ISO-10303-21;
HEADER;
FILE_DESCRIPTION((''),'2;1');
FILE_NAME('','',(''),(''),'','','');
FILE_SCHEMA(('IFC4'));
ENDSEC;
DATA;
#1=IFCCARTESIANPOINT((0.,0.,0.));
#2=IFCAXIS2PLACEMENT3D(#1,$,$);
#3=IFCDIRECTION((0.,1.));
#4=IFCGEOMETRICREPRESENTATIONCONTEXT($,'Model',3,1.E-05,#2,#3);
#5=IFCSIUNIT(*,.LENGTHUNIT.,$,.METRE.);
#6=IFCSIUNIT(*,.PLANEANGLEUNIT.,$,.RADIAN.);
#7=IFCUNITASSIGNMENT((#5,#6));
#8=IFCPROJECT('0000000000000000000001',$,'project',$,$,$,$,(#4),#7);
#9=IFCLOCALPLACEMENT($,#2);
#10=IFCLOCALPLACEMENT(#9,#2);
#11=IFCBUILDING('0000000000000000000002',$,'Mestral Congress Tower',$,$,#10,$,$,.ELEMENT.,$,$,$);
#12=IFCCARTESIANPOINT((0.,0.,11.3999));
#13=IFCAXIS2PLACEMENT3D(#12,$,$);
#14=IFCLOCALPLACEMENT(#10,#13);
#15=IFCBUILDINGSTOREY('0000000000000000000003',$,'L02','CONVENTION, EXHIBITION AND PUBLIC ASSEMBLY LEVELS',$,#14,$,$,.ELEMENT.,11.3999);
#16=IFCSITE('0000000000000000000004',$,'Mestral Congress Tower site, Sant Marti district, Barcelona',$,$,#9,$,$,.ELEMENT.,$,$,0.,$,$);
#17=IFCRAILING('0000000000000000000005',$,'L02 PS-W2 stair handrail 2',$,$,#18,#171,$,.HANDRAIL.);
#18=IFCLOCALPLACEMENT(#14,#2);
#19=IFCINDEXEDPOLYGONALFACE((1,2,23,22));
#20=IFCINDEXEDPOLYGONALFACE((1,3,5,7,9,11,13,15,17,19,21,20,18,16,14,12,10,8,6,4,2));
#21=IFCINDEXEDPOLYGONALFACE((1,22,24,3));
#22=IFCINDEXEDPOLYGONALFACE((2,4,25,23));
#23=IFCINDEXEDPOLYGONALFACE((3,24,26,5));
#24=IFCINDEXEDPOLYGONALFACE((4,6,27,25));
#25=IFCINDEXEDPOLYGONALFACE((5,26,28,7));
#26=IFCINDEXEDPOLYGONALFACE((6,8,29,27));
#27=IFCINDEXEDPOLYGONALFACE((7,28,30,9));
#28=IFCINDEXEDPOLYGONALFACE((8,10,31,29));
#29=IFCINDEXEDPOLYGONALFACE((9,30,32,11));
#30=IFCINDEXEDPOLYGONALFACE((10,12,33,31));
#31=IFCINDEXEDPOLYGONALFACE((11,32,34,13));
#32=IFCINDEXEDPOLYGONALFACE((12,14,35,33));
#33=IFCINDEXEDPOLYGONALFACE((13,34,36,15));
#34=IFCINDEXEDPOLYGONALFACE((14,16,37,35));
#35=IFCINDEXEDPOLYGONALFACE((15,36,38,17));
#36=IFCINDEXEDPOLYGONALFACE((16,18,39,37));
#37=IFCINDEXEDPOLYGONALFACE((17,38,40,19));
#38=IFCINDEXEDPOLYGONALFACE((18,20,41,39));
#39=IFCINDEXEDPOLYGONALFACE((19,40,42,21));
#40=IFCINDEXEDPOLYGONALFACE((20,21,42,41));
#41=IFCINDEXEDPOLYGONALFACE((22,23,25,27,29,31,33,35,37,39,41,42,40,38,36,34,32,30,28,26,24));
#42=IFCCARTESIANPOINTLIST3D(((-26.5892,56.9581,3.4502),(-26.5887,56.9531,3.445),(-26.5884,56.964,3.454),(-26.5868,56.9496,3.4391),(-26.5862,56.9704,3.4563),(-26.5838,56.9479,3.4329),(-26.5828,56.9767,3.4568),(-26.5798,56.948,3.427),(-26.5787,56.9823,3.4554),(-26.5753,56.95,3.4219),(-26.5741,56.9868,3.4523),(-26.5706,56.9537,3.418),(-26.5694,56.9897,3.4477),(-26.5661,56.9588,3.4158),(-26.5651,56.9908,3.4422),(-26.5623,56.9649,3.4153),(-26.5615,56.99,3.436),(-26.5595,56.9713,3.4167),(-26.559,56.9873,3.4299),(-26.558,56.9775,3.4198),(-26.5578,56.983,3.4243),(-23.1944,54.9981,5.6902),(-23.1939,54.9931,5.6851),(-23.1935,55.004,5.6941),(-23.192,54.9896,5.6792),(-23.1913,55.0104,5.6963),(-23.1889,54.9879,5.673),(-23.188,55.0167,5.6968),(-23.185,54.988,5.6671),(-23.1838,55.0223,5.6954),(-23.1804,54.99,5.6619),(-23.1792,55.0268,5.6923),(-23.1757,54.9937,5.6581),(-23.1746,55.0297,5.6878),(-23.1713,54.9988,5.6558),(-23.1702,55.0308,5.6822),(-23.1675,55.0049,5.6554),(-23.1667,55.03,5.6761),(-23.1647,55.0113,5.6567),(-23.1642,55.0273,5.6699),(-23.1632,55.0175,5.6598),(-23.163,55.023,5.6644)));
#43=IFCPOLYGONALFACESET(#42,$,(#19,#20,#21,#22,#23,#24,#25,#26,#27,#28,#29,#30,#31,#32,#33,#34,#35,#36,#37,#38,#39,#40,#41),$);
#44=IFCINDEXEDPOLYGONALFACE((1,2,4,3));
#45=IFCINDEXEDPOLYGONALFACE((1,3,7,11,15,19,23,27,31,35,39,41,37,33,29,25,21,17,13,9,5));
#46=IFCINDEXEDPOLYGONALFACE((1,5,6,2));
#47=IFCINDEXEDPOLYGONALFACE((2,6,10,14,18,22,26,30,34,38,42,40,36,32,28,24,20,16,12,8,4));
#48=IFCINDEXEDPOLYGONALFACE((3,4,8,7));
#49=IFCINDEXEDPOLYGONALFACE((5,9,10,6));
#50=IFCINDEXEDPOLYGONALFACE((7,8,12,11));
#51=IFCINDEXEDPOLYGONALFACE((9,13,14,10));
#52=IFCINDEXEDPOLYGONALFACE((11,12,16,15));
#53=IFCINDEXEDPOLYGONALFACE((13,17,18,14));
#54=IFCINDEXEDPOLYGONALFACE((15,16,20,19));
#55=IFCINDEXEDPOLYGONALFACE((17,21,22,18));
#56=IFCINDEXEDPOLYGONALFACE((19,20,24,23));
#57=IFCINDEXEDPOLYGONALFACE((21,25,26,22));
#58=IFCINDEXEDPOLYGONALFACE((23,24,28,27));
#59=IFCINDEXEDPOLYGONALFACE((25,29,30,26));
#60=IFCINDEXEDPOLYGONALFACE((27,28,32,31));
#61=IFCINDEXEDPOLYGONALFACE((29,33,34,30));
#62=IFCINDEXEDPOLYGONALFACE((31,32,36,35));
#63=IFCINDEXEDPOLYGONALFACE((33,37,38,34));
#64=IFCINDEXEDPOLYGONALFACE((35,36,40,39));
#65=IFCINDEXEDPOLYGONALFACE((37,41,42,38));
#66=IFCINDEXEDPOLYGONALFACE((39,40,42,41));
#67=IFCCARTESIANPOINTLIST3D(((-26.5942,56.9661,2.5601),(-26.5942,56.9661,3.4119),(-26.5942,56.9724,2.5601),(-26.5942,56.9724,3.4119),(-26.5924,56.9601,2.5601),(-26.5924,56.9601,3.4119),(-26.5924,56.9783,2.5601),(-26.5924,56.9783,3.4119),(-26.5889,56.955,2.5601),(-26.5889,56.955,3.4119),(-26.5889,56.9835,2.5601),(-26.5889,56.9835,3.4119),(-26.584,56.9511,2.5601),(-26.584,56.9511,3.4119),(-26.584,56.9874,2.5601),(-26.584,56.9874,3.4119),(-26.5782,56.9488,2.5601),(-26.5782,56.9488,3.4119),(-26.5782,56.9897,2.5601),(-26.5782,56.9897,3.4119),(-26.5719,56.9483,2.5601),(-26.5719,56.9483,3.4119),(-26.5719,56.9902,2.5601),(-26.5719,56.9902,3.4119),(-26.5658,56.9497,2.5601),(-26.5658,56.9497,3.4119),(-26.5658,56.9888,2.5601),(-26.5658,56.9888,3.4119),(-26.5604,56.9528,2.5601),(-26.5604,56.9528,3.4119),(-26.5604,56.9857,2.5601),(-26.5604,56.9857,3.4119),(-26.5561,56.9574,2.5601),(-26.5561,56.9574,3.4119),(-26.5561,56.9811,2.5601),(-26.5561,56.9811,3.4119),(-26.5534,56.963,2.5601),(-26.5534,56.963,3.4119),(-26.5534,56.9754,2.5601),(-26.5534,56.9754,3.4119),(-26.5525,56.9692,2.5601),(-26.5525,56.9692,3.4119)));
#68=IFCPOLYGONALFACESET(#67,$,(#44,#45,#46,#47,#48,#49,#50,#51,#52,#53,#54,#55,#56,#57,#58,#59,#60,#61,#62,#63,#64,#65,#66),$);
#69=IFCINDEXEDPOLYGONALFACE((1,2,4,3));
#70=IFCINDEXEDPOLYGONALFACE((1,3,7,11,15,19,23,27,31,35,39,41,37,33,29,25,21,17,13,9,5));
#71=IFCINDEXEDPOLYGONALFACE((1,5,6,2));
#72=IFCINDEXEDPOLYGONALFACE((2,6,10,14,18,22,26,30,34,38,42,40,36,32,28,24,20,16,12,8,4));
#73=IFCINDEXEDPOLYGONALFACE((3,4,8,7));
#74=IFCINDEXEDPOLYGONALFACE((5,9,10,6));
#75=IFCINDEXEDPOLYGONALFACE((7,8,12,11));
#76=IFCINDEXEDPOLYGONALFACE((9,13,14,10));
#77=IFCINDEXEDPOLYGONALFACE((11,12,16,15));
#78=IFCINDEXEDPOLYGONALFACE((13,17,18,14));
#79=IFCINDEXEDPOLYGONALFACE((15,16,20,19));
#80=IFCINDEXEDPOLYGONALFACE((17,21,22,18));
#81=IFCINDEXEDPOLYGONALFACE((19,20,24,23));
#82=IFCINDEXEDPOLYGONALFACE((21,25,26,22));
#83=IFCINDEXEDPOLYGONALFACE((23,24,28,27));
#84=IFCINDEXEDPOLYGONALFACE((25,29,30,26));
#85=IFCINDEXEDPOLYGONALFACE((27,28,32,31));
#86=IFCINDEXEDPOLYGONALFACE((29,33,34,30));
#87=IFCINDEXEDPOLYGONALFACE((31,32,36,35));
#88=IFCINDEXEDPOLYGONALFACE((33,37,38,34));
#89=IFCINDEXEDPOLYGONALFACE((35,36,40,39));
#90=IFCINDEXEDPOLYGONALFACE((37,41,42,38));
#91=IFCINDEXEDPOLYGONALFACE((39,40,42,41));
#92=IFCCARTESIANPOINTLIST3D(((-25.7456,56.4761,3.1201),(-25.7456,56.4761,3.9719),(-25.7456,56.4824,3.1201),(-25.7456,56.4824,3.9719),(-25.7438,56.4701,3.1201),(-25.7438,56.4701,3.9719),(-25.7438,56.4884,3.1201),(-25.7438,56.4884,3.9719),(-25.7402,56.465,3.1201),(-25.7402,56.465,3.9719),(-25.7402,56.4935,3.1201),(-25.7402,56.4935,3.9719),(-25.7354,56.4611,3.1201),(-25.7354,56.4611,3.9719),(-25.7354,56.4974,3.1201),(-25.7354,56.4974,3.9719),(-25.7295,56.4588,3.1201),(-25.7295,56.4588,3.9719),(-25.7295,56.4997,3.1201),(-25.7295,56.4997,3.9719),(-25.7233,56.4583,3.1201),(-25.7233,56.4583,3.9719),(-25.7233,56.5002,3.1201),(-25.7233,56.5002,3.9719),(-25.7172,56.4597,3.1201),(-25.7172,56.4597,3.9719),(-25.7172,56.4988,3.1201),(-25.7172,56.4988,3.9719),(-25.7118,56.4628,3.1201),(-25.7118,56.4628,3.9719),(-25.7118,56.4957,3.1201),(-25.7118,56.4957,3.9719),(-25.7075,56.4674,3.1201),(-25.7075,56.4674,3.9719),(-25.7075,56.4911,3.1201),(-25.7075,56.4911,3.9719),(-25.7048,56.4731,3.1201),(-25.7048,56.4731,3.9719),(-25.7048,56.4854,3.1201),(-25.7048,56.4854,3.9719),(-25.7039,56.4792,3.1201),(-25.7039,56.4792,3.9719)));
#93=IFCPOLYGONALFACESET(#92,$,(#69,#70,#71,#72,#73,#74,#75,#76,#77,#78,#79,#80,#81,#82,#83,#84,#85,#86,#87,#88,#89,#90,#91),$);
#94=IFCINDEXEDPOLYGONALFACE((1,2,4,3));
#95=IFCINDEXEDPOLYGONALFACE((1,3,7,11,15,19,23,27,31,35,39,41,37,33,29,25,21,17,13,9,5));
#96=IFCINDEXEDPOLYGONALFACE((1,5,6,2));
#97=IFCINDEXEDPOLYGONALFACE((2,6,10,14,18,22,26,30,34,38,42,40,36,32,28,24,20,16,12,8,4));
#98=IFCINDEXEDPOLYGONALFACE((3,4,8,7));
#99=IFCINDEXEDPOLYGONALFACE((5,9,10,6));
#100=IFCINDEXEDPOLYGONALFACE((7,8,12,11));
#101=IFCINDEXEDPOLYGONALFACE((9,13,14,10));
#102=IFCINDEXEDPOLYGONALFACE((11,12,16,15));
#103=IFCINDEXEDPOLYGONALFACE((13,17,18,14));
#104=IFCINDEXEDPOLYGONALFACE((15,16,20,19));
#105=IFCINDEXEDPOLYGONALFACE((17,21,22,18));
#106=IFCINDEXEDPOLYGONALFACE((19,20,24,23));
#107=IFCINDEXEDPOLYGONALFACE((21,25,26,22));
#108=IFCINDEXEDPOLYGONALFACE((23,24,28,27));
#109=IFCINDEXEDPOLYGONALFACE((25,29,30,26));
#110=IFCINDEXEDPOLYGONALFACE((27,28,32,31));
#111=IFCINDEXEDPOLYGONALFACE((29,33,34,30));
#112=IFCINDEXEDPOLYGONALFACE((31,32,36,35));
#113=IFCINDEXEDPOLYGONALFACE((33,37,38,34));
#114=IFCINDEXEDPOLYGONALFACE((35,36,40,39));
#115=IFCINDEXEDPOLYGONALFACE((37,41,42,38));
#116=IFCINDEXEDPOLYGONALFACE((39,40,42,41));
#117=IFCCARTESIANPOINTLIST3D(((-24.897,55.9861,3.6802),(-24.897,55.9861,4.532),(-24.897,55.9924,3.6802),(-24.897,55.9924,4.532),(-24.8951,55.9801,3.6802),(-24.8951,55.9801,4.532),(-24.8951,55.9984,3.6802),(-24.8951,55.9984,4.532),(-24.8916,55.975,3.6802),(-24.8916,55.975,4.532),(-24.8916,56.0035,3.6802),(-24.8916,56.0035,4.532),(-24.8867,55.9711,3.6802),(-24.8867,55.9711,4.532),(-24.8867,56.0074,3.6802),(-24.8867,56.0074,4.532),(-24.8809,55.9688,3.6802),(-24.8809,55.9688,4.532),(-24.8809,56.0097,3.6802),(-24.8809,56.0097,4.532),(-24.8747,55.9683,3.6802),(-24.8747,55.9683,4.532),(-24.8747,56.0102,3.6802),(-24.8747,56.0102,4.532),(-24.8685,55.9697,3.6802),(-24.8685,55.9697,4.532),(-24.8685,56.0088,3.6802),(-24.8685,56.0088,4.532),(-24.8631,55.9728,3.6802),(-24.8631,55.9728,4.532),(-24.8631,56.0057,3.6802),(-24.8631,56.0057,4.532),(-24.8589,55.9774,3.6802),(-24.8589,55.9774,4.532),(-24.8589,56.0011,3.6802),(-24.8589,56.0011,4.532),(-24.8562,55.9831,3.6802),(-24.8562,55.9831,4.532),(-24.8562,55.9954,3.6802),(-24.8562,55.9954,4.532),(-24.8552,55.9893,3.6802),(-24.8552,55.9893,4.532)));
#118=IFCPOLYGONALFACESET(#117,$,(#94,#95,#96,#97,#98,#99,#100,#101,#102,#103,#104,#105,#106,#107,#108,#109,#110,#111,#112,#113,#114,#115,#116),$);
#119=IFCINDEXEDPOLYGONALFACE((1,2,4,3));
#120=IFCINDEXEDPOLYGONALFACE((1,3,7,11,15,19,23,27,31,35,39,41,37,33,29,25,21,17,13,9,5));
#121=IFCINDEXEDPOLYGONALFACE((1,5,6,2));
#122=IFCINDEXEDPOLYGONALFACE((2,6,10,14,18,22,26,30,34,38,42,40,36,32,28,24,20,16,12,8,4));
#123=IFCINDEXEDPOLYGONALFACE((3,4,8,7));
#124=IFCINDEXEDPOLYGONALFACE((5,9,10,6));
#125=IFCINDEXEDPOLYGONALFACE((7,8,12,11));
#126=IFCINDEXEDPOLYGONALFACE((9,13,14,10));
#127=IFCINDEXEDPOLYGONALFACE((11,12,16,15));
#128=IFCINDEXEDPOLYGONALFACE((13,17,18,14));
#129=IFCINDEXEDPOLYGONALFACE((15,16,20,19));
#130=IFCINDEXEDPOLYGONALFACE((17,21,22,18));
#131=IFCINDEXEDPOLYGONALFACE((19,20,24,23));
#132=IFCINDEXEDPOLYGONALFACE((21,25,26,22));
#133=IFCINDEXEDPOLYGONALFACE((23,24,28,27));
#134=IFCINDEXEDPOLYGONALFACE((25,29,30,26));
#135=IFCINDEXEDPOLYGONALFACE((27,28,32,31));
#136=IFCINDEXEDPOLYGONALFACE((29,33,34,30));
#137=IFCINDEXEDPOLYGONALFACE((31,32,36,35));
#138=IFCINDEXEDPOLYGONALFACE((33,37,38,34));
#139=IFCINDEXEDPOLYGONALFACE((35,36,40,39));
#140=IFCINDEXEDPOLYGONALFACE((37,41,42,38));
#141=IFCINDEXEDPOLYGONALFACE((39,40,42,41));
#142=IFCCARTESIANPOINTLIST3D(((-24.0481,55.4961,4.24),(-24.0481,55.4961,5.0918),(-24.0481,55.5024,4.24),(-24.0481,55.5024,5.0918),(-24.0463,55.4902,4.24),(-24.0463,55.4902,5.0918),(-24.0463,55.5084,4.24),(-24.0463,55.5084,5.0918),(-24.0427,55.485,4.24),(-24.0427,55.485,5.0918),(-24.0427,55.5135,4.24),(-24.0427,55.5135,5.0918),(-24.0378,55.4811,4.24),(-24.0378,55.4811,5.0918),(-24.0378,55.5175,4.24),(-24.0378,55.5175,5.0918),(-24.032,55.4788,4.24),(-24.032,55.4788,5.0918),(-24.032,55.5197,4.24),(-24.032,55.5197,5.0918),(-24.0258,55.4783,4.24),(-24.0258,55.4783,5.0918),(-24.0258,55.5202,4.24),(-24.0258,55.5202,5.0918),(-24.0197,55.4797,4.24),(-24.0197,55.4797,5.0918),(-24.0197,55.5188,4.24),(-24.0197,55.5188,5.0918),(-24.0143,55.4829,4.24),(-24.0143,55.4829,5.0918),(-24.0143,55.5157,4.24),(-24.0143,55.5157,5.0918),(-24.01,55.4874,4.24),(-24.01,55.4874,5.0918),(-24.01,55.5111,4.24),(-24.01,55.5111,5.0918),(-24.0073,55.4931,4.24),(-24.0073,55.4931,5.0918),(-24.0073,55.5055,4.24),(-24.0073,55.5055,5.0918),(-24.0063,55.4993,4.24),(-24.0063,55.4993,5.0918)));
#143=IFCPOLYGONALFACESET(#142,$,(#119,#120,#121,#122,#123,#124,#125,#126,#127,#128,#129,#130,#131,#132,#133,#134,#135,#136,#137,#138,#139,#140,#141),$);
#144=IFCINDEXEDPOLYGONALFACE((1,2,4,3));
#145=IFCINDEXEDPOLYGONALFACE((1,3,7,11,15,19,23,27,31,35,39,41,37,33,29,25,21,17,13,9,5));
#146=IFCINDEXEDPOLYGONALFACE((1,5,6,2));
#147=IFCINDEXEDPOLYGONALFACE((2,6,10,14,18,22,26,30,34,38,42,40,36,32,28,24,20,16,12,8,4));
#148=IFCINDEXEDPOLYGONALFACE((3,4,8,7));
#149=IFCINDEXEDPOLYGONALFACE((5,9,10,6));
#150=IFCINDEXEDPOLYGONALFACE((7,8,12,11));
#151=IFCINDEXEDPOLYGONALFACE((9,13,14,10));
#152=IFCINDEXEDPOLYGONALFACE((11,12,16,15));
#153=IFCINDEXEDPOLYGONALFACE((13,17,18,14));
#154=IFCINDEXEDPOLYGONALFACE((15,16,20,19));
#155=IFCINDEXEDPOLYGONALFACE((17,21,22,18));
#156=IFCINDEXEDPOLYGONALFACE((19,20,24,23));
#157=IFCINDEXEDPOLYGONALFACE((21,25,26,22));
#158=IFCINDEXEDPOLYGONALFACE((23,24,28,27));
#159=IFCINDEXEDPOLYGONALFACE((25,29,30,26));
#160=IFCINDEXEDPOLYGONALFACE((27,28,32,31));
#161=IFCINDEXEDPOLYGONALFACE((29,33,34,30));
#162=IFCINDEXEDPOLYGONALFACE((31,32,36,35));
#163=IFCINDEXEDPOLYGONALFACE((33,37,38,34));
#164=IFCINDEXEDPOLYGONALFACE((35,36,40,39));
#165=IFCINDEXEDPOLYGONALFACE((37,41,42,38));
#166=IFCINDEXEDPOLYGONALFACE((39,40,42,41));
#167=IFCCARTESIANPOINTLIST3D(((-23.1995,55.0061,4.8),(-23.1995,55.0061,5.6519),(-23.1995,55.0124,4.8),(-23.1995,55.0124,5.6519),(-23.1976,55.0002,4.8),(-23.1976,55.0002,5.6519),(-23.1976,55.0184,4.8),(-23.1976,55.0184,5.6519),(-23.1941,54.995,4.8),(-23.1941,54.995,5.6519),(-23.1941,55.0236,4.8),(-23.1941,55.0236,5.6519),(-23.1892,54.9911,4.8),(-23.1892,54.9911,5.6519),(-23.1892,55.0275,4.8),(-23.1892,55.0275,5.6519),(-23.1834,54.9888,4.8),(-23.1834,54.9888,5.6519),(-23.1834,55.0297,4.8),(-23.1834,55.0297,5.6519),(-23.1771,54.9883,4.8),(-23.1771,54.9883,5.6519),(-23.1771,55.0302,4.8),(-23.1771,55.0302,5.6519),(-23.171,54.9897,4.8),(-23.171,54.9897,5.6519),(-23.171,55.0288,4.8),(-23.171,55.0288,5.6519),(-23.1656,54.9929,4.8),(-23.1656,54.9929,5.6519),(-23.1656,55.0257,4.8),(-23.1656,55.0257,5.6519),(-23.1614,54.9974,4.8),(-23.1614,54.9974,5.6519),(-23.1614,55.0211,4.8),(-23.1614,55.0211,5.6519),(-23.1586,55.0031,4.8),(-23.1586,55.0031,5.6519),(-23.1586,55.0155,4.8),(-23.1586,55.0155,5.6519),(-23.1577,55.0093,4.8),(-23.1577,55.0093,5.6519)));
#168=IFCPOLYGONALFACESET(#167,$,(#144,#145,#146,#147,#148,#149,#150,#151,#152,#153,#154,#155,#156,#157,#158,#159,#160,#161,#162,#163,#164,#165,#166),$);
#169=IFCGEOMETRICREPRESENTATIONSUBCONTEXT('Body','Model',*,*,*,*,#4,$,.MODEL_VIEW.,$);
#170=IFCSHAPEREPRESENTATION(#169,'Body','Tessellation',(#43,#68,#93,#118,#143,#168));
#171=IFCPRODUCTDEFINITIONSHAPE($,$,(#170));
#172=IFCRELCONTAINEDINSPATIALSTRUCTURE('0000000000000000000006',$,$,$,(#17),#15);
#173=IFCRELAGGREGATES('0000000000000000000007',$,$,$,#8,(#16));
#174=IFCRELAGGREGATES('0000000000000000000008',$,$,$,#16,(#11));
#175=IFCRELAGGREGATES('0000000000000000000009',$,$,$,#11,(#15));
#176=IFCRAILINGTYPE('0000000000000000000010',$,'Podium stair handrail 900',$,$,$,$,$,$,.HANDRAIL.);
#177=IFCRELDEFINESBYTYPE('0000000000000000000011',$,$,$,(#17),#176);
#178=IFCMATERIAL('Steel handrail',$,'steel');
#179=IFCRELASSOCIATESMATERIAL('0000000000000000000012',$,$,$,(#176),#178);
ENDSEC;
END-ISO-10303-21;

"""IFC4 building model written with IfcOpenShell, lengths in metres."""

from ifc_helpers import new_model, si_unit, direction, frame, origin, origin_2d, place, context, subcontext, project, spatial, circle, extrude, material, type_object, element, save


model = new_model("IFC4")

# Units and contexts
model_context = context("Model", 3, precision=1e-05, world=origin(), true_north=direction((0.0, 1.0)))
body_context = subcontext(model_context, "Body", "Model", "MODEL_VIEW")
ifc_project = project(units=[si_unit("LENGTHUNIT", "METRE"), si_unit("PLANEANGLEUNIT", "RADIAN")], contexts=[model_context])

# Site, building, storey
site_placement = place(None, origin())
site = spatial("IfcSite", under=ifc_project, at=site_placement, Name="Mestral Congress Tower site, Sant Marti district, Barcelona", CompositionType="ELEMENT", RefElevation=0.0)
building_placement = place(site_placement, origin())
building = spatial("IfcBuilding", under=site, at=building_placement, Name="Mestral Congress Tower", CompositionType="ELEMENT")
storey_placement = place(building_placement, frame((0.0, 0.0, 11.3999)))
storey = spatial("IfcBuildingStorey", under=building, at=storey_placement, Name="L02", Description="CONVENTION, EXHIBITION AND PUBLIC ASSEMBLY LEVELS", CompositionType="ELEMENT", Elevation=11.3999)

# Railing
ifc_material_1 = material(Name="Steel handrail", Category="steel")
railing_type_1 = type_object("IfcRailingType", Name="Podium stair handrail 900", PredefinedType="HANDRAIL", material=ifc_material_1)
railing_1_placement = place(storey_placement, frame((-26.5735, 56.9692, 2.5601)))
element("IfcRailing", 1, at=railing_1_placement, inside=storey, type_object=railing_type_1, Name="L02 PS-W2 stair handrail 2", PredefinedType="HANDRAIL", context=body_context, shape_type="SweptSolid", body=[
    extrude(circle(Radius=0.0239, at=origin_2d()), frame((0.0, 0.0, 0.876), z_axis=(0.75192, -0.434118, 0.496143), x_axis=(0.499997, 0.866027, 0.0)), (0.0, 0.0, 1.0), 4.5149),
    extrude(circle(Radius=0.021, at=origin_2d()), origin(), (0.0, 0.0, 1.0), 0.8518),
    extrude(circle(Radius=0.021, at=origin_2d()), frame((0.8486, -0.49, 0.5601)), (0.0, 0.0, 1.0), 0.8518),
    extrude(circle(Radius=0.021, at=origin_2d()), frame((1.6973, -0.98, 1.1201)), (0.0, 0.0, 1.0), 0.8518),
    extrude(circle(Radius=0.021, at=origin_2d()), frame((2.5461, -1.47, 1.6799)), (0.0, 0.0, 1.0), 0.8518),
    extrude(circle(Radius=0.021, at=origin_2d()), frame((3.3948, -1.96, 2.24)), (0.0, 0.0, 1.0), 0.8518),
])

save(model, "model.ifc")
